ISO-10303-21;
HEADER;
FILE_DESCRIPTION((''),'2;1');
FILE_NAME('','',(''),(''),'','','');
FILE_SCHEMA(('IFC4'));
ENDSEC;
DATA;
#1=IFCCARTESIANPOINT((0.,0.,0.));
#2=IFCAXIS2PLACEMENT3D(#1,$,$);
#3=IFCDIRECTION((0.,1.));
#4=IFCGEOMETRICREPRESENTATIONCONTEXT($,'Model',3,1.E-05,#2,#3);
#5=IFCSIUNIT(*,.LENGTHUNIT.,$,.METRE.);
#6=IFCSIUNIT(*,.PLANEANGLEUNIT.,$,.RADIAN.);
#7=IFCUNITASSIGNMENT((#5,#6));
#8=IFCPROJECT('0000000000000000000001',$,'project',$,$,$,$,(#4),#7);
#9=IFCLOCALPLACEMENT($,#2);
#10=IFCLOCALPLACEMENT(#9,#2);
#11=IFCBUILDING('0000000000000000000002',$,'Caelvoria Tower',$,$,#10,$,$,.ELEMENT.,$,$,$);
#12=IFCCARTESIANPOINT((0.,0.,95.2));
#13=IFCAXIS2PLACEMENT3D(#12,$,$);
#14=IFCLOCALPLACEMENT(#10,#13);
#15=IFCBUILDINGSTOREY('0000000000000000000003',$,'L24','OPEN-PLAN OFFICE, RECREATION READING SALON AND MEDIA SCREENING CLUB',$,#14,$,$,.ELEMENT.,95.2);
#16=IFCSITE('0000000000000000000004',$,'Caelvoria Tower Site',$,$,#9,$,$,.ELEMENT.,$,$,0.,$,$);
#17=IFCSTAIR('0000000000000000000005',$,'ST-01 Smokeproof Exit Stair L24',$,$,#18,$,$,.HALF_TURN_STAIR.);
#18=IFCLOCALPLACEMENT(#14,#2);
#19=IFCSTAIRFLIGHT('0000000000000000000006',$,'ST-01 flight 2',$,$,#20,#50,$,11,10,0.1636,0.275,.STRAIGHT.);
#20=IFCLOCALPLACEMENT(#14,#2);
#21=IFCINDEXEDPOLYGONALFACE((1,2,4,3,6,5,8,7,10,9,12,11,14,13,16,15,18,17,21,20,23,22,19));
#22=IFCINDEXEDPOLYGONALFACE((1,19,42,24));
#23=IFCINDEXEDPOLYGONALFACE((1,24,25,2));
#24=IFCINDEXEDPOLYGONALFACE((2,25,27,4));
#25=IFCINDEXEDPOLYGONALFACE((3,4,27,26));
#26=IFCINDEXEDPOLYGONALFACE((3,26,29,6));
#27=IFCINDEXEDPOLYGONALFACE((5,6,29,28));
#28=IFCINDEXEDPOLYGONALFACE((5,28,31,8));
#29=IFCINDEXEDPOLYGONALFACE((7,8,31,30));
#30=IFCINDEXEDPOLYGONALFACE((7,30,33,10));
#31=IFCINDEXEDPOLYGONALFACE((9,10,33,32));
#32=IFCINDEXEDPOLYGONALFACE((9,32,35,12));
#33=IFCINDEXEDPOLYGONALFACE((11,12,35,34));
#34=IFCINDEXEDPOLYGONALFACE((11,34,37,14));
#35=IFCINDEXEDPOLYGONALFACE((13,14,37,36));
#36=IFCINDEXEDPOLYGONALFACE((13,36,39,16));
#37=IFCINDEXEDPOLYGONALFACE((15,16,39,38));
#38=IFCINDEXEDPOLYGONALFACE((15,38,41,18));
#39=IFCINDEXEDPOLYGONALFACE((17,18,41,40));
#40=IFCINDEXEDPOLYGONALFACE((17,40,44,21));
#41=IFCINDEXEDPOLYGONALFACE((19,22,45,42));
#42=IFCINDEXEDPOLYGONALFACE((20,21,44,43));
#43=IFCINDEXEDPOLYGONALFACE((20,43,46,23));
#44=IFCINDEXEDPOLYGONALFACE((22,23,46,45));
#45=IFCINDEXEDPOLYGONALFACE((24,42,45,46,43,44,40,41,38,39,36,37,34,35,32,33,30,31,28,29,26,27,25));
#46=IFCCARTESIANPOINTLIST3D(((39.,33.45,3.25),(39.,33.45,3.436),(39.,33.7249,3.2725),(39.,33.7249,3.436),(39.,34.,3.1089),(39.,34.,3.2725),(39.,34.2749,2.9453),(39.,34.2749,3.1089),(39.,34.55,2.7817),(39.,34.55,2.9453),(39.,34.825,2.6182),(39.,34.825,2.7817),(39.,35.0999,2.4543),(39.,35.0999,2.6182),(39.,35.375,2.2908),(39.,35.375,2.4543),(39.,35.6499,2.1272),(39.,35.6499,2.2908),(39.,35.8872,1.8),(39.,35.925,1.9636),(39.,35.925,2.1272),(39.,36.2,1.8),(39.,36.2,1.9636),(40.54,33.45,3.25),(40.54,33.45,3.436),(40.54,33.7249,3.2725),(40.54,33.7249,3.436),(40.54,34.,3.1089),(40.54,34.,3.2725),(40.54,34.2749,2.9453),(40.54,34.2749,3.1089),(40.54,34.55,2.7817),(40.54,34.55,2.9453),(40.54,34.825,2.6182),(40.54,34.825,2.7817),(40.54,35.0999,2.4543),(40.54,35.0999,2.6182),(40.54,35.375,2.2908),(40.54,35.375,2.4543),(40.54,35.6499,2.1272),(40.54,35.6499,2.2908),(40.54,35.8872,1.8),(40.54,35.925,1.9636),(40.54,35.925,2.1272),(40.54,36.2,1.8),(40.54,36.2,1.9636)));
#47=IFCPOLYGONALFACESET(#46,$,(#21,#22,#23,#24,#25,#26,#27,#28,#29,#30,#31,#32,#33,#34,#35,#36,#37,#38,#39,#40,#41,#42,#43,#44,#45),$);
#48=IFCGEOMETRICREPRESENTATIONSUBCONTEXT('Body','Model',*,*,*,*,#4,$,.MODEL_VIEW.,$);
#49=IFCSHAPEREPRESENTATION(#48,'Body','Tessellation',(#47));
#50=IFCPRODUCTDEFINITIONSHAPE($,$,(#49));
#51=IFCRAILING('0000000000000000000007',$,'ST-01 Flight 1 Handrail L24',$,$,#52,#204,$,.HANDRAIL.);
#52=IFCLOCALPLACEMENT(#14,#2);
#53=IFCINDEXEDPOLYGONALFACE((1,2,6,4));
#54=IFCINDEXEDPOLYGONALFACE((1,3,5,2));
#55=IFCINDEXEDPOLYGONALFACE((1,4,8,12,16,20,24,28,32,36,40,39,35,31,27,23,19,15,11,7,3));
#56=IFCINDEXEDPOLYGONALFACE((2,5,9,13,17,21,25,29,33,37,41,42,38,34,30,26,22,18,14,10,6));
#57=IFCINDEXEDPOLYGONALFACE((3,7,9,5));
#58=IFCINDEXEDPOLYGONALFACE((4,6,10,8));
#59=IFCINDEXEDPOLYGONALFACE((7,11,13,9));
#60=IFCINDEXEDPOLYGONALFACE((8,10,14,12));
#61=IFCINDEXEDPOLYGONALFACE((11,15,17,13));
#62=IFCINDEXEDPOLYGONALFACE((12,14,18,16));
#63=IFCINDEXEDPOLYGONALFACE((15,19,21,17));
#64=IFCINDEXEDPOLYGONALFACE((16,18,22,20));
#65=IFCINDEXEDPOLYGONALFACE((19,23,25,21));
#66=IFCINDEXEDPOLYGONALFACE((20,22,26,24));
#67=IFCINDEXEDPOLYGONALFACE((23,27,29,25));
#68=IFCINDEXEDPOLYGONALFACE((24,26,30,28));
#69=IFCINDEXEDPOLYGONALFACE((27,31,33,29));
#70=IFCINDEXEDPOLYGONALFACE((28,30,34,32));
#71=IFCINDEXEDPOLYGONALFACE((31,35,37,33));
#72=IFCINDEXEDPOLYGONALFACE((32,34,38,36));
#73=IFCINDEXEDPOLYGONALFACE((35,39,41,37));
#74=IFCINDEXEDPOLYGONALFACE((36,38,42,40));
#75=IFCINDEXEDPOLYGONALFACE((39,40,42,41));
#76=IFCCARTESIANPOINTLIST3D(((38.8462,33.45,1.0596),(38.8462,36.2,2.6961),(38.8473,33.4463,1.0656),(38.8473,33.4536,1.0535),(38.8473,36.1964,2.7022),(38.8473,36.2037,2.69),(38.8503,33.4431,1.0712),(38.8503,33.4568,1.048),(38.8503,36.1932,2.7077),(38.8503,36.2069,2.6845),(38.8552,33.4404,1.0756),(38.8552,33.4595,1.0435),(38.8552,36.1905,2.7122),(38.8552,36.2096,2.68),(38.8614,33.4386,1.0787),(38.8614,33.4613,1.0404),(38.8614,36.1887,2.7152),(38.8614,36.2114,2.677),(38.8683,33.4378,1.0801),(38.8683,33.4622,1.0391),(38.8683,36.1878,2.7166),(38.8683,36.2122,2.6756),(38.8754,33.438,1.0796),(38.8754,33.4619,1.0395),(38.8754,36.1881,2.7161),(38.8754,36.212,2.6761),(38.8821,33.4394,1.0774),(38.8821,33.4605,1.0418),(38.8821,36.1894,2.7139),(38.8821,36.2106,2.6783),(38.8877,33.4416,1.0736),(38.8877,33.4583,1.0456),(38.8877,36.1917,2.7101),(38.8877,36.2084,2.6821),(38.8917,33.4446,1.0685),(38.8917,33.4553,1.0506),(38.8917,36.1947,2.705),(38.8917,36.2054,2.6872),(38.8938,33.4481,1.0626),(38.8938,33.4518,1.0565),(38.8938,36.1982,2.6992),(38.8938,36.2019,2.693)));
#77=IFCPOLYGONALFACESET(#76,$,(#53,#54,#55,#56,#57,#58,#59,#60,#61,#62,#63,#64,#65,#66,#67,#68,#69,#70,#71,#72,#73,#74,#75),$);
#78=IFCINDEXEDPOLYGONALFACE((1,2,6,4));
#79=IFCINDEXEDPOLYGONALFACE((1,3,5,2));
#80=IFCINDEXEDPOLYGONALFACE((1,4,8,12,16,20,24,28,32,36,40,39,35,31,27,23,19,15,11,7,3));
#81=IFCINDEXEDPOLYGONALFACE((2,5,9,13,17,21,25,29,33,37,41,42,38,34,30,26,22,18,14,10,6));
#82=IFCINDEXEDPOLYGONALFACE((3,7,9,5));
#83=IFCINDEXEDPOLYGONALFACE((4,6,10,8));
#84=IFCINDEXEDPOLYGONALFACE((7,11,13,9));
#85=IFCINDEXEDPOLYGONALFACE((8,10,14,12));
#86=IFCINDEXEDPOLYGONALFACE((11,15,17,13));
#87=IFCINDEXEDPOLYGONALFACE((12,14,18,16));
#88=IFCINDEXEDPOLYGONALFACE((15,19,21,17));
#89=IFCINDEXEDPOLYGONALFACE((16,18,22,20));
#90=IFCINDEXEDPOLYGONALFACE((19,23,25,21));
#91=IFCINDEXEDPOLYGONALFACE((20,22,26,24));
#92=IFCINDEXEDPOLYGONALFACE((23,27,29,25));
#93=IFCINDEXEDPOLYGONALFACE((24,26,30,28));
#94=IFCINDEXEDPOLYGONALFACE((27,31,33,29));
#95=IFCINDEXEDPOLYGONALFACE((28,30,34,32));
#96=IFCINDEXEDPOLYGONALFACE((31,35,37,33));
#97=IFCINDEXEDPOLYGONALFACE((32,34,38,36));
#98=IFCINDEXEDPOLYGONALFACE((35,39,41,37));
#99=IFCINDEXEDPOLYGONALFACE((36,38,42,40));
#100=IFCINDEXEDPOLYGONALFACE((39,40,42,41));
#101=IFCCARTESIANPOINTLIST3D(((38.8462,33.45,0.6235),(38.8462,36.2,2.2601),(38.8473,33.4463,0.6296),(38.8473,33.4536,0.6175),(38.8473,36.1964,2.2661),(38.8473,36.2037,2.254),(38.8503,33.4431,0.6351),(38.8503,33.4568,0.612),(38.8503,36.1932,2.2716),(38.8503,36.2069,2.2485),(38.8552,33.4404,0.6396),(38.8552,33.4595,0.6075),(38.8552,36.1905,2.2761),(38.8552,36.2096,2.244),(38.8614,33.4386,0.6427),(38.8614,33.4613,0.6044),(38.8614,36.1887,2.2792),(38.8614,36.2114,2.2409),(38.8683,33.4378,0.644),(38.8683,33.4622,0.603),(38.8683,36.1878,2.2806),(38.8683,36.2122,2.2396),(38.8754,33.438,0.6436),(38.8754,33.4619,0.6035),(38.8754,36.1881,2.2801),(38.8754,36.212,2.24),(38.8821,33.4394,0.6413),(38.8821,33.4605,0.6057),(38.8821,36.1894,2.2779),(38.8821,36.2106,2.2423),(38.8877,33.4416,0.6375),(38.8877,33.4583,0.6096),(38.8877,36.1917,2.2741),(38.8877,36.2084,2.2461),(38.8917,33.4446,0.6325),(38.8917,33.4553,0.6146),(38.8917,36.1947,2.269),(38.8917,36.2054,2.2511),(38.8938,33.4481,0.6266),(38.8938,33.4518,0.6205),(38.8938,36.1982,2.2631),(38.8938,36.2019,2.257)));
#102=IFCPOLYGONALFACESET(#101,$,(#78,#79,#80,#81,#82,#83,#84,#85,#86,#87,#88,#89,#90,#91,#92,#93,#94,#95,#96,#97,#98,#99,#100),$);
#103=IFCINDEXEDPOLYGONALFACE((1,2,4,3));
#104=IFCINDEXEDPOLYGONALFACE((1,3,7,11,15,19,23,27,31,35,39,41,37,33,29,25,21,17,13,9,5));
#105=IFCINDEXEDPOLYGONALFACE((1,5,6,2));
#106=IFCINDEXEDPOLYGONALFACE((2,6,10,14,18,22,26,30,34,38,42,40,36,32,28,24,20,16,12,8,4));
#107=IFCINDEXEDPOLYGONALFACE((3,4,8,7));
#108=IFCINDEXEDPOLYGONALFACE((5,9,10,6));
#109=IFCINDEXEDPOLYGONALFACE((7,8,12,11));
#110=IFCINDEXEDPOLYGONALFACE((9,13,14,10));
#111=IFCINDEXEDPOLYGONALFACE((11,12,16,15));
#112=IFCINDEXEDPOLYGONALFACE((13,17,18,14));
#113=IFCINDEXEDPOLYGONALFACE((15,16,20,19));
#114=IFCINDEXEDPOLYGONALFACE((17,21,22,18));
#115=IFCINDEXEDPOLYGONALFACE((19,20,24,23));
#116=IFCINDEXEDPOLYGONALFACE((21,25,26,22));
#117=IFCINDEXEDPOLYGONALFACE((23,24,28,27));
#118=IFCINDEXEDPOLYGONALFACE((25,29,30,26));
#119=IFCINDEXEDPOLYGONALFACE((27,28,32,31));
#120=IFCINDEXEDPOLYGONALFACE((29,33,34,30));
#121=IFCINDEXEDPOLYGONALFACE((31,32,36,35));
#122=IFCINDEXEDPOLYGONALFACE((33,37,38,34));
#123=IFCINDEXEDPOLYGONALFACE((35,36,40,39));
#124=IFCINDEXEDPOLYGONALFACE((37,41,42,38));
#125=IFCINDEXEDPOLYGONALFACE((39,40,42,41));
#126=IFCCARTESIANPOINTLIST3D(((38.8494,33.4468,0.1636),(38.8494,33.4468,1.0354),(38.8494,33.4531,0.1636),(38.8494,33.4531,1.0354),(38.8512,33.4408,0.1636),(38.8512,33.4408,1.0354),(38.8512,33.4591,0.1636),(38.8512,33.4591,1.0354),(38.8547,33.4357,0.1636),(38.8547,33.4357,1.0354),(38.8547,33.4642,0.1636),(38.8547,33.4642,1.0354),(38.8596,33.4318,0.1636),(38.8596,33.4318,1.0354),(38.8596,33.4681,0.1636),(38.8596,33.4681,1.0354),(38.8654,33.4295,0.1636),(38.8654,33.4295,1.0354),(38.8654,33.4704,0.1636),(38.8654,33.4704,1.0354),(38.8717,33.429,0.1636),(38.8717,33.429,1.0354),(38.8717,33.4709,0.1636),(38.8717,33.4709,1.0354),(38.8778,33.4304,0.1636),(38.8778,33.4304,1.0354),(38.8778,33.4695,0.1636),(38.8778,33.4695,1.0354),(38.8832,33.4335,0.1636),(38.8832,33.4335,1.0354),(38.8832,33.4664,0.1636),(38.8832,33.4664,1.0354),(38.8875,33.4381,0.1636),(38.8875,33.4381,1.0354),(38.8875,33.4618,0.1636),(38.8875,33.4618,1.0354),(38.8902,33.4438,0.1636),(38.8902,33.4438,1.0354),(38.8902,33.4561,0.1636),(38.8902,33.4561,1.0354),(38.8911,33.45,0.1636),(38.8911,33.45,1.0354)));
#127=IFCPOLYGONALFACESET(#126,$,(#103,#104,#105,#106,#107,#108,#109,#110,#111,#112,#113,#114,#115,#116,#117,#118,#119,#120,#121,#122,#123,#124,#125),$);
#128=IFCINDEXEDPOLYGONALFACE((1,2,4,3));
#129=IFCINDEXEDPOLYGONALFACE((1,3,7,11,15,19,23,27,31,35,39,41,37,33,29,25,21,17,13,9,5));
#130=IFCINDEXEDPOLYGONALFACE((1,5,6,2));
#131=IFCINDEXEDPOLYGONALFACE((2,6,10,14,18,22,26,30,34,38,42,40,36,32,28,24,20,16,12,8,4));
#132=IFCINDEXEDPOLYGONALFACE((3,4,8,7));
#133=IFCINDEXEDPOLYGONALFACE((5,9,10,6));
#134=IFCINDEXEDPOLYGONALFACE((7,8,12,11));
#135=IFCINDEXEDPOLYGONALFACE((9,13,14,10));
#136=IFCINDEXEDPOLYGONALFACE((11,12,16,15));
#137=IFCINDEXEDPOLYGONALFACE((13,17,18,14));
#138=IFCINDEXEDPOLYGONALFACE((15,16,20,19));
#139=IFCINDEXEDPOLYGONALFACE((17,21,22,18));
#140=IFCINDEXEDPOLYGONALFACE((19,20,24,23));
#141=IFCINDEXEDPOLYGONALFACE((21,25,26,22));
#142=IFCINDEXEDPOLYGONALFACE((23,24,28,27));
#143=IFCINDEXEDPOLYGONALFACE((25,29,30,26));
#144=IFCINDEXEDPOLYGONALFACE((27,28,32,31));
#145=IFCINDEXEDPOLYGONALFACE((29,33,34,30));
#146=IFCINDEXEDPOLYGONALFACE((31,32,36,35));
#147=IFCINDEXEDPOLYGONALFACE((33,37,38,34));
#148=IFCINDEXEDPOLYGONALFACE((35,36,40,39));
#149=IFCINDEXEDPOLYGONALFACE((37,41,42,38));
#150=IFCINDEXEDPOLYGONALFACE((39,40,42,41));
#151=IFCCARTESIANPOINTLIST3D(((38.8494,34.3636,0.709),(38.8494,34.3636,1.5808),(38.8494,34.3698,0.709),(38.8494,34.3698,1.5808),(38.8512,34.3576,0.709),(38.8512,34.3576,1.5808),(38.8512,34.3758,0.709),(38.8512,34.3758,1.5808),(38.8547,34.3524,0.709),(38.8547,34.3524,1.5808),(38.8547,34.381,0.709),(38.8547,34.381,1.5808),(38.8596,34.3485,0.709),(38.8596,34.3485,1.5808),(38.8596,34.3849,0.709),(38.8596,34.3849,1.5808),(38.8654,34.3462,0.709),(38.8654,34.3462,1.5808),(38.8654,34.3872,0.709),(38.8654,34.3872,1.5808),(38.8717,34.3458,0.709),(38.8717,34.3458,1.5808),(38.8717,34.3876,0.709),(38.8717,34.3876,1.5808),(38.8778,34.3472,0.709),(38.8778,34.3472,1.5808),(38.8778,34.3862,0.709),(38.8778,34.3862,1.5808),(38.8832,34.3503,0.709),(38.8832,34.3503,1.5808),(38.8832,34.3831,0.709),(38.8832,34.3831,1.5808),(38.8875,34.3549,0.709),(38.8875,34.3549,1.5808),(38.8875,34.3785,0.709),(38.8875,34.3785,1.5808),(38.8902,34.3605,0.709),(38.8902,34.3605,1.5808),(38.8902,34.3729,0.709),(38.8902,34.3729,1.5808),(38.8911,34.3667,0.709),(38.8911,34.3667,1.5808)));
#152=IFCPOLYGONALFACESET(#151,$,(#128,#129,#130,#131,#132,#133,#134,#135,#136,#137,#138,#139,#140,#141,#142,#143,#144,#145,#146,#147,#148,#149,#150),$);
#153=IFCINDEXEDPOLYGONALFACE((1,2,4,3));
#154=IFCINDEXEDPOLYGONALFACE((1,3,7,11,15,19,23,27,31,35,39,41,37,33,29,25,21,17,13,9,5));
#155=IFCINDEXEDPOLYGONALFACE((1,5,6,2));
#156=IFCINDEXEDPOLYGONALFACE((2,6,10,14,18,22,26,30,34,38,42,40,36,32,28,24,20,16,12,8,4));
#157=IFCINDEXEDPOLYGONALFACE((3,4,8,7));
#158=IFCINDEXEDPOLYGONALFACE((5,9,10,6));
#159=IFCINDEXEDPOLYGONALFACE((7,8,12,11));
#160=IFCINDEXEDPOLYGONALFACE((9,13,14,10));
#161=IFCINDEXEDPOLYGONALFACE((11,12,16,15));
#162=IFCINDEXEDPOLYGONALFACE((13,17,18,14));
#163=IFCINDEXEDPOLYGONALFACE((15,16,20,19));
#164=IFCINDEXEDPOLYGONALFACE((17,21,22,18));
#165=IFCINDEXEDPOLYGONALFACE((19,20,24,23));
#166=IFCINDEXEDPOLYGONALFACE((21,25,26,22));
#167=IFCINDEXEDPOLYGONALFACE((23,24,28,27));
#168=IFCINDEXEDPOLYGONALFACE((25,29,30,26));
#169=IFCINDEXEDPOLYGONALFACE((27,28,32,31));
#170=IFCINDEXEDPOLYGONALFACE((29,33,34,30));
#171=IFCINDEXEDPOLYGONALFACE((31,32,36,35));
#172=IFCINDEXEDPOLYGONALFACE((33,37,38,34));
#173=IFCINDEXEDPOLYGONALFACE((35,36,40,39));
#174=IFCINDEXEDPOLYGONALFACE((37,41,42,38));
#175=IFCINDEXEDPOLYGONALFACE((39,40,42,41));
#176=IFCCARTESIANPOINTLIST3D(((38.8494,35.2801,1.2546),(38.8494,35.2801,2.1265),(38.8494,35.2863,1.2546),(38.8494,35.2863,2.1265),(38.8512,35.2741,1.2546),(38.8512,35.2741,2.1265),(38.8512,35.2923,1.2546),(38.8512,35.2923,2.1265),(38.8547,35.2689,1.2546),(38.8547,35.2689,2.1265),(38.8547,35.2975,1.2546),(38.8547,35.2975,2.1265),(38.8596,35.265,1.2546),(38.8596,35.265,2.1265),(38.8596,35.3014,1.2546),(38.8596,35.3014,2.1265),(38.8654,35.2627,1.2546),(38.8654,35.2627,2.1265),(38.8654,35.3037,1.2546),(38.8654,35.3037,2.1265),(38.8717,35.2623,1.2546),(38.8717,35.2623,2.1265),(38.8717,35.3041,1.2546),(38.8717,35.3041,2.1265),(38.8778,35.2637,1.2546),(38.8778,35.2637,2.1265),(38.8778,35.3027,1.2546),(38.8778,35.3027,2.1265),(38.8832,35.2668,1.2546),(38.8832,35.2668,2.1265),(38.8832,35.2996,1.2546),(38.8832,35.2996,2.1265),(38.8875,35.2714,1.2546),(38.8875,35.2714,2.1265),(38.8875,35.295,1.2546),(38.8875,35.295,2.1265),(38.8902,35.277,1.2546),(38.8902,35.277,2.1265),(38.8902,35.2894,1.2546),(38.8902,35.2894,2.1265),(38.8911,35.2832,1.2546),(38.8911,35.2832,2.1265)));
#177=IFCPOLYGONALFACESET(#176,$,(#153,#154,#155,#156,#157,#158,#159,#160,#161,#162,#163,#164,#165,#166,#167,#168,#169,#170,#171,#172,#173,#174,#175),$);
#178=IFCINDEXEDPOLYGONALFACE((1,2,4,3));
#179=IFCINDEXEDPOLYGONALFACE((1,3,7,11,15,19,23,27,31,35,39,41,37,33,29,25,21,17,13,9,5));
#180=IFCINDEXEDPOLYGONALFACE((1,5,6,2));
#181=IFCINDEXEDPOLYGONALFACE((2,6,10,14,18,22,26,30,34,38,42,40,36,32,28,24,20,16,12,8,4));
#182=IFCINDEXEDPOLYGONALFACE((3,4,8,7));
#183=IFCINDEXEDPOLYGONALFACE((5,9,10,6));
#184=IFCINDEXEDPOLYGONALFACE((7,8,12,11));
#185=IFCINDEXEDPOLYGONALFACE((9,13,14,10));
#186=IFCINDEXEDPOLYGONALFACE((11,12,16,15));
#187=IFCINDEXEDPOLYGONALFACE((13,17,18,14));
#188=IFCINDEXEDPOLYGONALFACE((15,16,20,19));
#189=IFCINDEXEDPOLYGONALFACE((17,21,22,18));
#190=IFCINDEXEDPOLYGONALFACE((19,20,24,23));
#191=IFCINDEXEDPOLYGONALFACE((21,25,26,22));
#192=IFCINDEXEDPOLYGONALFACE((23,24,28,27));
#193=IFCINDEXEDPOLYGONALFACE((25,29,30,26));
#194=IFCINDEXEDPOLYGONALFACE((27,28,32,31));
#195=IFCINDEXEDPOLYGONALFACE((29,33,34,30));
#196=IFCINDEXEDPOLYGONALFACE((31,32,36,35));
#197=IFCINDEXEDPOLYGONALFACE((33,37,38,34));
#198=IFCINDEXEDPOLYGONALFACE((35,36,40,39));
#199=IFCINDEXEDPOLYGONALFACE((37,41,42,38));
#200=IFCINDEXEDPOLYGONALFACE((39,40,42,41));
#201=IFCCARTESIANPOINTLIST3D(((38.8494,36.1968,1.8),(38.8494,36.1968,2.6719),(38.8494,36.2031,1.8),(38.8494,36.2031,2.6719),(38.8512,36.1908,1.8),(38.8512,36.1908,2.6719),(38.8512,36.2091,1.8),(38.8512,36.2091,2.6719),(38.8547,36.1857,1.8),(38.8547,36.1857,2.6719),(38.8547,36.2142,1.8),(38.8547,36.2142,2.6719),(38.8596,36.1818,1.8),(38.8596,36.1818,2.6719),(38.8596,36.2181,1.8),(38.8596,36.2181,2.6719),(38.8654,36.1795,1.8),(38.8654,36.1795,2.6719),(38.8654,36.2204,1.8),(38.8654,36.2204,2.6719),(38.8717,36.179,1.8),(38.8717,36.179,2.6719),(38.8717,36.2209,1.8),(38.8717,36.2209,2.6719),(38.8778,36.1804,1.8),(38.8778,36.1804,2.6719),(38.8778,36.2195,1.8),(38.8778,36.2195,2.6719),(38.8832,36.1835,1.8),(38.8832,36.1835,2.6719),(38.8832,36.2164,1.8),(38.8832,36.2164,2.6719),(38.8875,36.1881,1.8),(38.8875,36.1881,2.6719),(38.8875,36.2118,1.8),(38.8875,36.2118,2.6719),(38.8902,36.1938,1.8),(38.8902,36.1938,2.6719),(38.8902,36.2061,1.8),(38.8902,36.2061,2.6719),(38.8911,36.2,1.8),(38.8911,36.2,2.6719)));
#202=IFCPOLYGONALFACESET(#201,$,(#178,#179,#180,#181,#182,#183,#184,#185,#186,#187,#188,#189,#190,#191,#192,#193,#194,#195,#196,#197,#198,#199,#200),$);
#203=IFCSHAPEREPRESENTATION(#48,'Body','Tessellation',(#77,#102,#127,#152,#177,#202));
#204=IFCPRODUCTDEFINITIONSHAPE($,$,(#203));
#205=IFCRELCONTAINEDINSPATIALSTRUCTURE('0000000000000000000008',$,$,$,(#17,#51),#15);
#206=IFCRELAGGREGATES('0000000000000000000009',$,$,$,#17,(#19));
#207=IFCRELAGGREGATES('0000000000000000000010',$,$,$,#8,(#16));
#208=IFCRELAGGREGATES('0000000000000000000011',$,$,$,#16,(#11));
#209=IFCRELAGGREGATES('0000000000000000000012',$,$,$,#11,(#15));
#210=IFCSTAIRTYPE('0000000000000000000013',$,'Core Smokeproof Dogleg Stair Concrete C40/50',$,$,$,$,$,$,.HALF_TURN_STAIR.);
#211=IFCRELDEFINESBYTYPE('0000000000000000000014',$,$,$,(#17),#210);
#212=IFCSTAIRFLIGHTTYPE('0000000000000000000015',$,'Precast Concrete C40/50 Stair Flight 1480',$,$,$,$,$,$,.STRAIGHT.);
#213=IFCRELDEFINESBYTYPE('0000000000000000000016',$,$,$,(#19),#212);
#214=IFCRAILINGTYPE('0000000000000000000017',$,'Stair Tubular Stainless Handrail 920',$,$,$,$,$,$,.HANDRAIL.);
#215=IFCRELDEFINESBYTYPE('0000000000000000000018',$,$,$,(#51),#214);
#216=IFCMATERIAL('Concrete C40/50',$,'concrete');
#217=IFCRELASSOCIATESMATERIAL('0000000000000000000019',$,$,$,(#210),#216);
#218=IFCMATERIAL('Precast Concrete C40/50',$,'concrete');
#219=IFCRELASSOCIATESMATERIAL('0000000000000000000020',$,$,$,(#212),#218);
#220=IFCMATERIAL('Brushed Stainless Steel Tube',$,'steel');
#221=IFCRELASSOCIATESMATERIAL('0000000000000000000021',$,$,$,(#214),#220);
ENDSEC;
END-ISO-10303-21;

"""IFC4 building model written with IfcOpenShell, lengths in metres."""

from ifc_helpers import new_model, si_unit, direction, frame, origin, origin_2d, place, context, subcontext, project, spatial, polyline, circle, outline, extrude, material, type_object, element, aggregate, save


model = new_model("IFC4")

# Units and contexts
model_context = context("Model", 3, precision=1e-05, world=origin(), true_north=direction((0.0, 1.0)))
body_context = subcontext(model_context, "Body", "Model", "MODEL_VIEW")
ifc_project = project(units=[si_unit("LENGTHUNIT", "METRE"), si_unit("PLANEANGLEUNIT", "RADIAN")], contexts=[model_context])

# Site, building, storey
site_placement = place(None, origin())
site = spatial("IfcSite", under=ifc_project, at=site_placement, Name="Caelvoria Tower Site", CompositionType="ELEMENT", RefElevation=0.0)
building_placement = place(site_placement, origin())
building = spatial("IfcBuilding", under=site, at=building_placement, Name="Caelvoria Tower", CompositionType="ELEMENT")
storey_placement = place(building_placement, frame((0.0, 0.0, 95.2)))
storey = spatial("IfcBuildingStorey", under=building, at=storey_placement, Name="L24", Description="OPEN-PLAN OFFICE, RECREATION READING SALON AND MEDIA SCREENING CLUB", CompositionType="ELEMENT", Elevation=95.2)

# Stair, stair flight
ifc_material_1 = material(Name="Concrete C40/50", Category="concrete")
stair_type = type_object("IfcStairType", Name="Core Smokeproof Dogleg Stair Concrete C40/50", PredefinedType="HALF_TURN_STAIR", material=ifc_material_1)
stair_placement = place(storey_placement, origin())
stair = element("IfcStair", 1, at=stair_placement, inside=storey, type_object=stair_type, Name="ST-01 Smokeproof Exit Stair L24", PredefinedType="HALF_TURN_STAIR")
ifc_material_2 = material(Name="Precast Concrete C40/50", Category="concrete")
stair_flight_type = type_object("IfcStairFlightType", Name="Precast Concrete C40/50 Stair Flight 1480", PredefinedType="STRAIGHT", material=ifc_material_2)
stair_flight_1_placement = place(storey_placement, frame((39.77, 36.2, 1.8), z_axis=(0.0, 0.0, 1.0), x_axis=(0.0, -1.0, 0.0)))
stair_flight_1 = element("IfcStairFlight", 2, at=stair_flight_1_placement, type_object=stair_flight_type, Name="ST-01 flight 2", NumberOfRisers=11, NumberOfTreads=10, PredefinedType="STRAIGHT", RiserHeight=0.1636, TreadLength=0.275, context=body_context, shape_type="SweptSolid", body=[
    extrude(outline(polyline([(0.0, 0.0), (0.0, 0.1636), (0.2749, 0.1636), (0.2749, 0.3271), (0.55, 0.3271), (0.55, 0.4907), (0.825, 0.4907), (0.825, 0.6543), (1.1001, 0.6543), (1.1001, 0.8181), (1.375, 0.8181), (1.375, 0.9817), (1.6499, 0.9817), (1.6499, 1.1453), (1.925, 1.1453), (1.925, 1.3088), (2.2, 1.3088), (2.2, 1.4724), (2.4751, 1.4724), (2.4751, 1.636), (2.75, 1.636), (2.75, 1.7996), (2.75, 1.45), (0.3127, 0.0), (0.0, 0.0)])), frame((0.0, 0.77, 0.0), z_axis=(0.0, -1.0, 0.0), x_axis=(1.0, 0.0, 0.0)), (0.0, 0.0, 1.0), 1.54),
])
aggregate(stair, [stair_flight_1])

# Railing
ifc_material_3 = material(Name="Brushed Stainless Steel Tube", Category="steel")
railing_type_1 = type_object("IfcRailingType", Name="Stair Tubular Stainless Handrail 920", PredefinedType="HANDRAIL", material=ifc_material_3)
railing_1_placement = place(storey_placement, frame((38.8701, 33.45, 0.1636)))
element("IfcRailing", 3, at=railing_1_placement, inside=storey, type_object=railing_type_1, Name="ST-01 Flight 1 Handrail L24", PredefinedType="HANDRAIL", context=body_context, shape_type="SweptSolid", body=[
    extrude(circle(Radius=0.0239, at=origin_2d()), frame((0.0, 0.0, 0.896), z_axis=(0.0, 0.859352, 0.511385), x_axis=(-1.0, 0.0, 0.0)), (0.0, 0.0, 1.0), 3.2002),
    extrude(circle(Radius=0.0239, at=origin_2d()), frame((0.0, 0.0, 0.46), z_axis=(0.0, 0.859352, 0.511385), x_axis=(-1.0, 0.0, 0.0)), (0.0, 0.0, 1.0), 3.2002),
    extrude(circle(Radius=0.021, at=origin_2d()), origin(), (0.0, 0.0, 1.0), 0.8718),
    extrude(circle(Radius=0.021, at=origin_2d()), frame((0.0, 0.9167, 0.5454)), (0.0, 0.0, 1.0), 0.8718),
    extrude(circle(Radius=0.021, at=origin_2d()), frame((0.0, 1.8333, 1.0911)), (0.0, 0.0, 1.0), 0.8718),
    extrude(circle(Radius=0.021, at=origin_2d()), frame((0.0, 2.75, 1.6365)), (0.0, 0.0, 1.0), 0.8718),
])

save(model, "model.ifc")
